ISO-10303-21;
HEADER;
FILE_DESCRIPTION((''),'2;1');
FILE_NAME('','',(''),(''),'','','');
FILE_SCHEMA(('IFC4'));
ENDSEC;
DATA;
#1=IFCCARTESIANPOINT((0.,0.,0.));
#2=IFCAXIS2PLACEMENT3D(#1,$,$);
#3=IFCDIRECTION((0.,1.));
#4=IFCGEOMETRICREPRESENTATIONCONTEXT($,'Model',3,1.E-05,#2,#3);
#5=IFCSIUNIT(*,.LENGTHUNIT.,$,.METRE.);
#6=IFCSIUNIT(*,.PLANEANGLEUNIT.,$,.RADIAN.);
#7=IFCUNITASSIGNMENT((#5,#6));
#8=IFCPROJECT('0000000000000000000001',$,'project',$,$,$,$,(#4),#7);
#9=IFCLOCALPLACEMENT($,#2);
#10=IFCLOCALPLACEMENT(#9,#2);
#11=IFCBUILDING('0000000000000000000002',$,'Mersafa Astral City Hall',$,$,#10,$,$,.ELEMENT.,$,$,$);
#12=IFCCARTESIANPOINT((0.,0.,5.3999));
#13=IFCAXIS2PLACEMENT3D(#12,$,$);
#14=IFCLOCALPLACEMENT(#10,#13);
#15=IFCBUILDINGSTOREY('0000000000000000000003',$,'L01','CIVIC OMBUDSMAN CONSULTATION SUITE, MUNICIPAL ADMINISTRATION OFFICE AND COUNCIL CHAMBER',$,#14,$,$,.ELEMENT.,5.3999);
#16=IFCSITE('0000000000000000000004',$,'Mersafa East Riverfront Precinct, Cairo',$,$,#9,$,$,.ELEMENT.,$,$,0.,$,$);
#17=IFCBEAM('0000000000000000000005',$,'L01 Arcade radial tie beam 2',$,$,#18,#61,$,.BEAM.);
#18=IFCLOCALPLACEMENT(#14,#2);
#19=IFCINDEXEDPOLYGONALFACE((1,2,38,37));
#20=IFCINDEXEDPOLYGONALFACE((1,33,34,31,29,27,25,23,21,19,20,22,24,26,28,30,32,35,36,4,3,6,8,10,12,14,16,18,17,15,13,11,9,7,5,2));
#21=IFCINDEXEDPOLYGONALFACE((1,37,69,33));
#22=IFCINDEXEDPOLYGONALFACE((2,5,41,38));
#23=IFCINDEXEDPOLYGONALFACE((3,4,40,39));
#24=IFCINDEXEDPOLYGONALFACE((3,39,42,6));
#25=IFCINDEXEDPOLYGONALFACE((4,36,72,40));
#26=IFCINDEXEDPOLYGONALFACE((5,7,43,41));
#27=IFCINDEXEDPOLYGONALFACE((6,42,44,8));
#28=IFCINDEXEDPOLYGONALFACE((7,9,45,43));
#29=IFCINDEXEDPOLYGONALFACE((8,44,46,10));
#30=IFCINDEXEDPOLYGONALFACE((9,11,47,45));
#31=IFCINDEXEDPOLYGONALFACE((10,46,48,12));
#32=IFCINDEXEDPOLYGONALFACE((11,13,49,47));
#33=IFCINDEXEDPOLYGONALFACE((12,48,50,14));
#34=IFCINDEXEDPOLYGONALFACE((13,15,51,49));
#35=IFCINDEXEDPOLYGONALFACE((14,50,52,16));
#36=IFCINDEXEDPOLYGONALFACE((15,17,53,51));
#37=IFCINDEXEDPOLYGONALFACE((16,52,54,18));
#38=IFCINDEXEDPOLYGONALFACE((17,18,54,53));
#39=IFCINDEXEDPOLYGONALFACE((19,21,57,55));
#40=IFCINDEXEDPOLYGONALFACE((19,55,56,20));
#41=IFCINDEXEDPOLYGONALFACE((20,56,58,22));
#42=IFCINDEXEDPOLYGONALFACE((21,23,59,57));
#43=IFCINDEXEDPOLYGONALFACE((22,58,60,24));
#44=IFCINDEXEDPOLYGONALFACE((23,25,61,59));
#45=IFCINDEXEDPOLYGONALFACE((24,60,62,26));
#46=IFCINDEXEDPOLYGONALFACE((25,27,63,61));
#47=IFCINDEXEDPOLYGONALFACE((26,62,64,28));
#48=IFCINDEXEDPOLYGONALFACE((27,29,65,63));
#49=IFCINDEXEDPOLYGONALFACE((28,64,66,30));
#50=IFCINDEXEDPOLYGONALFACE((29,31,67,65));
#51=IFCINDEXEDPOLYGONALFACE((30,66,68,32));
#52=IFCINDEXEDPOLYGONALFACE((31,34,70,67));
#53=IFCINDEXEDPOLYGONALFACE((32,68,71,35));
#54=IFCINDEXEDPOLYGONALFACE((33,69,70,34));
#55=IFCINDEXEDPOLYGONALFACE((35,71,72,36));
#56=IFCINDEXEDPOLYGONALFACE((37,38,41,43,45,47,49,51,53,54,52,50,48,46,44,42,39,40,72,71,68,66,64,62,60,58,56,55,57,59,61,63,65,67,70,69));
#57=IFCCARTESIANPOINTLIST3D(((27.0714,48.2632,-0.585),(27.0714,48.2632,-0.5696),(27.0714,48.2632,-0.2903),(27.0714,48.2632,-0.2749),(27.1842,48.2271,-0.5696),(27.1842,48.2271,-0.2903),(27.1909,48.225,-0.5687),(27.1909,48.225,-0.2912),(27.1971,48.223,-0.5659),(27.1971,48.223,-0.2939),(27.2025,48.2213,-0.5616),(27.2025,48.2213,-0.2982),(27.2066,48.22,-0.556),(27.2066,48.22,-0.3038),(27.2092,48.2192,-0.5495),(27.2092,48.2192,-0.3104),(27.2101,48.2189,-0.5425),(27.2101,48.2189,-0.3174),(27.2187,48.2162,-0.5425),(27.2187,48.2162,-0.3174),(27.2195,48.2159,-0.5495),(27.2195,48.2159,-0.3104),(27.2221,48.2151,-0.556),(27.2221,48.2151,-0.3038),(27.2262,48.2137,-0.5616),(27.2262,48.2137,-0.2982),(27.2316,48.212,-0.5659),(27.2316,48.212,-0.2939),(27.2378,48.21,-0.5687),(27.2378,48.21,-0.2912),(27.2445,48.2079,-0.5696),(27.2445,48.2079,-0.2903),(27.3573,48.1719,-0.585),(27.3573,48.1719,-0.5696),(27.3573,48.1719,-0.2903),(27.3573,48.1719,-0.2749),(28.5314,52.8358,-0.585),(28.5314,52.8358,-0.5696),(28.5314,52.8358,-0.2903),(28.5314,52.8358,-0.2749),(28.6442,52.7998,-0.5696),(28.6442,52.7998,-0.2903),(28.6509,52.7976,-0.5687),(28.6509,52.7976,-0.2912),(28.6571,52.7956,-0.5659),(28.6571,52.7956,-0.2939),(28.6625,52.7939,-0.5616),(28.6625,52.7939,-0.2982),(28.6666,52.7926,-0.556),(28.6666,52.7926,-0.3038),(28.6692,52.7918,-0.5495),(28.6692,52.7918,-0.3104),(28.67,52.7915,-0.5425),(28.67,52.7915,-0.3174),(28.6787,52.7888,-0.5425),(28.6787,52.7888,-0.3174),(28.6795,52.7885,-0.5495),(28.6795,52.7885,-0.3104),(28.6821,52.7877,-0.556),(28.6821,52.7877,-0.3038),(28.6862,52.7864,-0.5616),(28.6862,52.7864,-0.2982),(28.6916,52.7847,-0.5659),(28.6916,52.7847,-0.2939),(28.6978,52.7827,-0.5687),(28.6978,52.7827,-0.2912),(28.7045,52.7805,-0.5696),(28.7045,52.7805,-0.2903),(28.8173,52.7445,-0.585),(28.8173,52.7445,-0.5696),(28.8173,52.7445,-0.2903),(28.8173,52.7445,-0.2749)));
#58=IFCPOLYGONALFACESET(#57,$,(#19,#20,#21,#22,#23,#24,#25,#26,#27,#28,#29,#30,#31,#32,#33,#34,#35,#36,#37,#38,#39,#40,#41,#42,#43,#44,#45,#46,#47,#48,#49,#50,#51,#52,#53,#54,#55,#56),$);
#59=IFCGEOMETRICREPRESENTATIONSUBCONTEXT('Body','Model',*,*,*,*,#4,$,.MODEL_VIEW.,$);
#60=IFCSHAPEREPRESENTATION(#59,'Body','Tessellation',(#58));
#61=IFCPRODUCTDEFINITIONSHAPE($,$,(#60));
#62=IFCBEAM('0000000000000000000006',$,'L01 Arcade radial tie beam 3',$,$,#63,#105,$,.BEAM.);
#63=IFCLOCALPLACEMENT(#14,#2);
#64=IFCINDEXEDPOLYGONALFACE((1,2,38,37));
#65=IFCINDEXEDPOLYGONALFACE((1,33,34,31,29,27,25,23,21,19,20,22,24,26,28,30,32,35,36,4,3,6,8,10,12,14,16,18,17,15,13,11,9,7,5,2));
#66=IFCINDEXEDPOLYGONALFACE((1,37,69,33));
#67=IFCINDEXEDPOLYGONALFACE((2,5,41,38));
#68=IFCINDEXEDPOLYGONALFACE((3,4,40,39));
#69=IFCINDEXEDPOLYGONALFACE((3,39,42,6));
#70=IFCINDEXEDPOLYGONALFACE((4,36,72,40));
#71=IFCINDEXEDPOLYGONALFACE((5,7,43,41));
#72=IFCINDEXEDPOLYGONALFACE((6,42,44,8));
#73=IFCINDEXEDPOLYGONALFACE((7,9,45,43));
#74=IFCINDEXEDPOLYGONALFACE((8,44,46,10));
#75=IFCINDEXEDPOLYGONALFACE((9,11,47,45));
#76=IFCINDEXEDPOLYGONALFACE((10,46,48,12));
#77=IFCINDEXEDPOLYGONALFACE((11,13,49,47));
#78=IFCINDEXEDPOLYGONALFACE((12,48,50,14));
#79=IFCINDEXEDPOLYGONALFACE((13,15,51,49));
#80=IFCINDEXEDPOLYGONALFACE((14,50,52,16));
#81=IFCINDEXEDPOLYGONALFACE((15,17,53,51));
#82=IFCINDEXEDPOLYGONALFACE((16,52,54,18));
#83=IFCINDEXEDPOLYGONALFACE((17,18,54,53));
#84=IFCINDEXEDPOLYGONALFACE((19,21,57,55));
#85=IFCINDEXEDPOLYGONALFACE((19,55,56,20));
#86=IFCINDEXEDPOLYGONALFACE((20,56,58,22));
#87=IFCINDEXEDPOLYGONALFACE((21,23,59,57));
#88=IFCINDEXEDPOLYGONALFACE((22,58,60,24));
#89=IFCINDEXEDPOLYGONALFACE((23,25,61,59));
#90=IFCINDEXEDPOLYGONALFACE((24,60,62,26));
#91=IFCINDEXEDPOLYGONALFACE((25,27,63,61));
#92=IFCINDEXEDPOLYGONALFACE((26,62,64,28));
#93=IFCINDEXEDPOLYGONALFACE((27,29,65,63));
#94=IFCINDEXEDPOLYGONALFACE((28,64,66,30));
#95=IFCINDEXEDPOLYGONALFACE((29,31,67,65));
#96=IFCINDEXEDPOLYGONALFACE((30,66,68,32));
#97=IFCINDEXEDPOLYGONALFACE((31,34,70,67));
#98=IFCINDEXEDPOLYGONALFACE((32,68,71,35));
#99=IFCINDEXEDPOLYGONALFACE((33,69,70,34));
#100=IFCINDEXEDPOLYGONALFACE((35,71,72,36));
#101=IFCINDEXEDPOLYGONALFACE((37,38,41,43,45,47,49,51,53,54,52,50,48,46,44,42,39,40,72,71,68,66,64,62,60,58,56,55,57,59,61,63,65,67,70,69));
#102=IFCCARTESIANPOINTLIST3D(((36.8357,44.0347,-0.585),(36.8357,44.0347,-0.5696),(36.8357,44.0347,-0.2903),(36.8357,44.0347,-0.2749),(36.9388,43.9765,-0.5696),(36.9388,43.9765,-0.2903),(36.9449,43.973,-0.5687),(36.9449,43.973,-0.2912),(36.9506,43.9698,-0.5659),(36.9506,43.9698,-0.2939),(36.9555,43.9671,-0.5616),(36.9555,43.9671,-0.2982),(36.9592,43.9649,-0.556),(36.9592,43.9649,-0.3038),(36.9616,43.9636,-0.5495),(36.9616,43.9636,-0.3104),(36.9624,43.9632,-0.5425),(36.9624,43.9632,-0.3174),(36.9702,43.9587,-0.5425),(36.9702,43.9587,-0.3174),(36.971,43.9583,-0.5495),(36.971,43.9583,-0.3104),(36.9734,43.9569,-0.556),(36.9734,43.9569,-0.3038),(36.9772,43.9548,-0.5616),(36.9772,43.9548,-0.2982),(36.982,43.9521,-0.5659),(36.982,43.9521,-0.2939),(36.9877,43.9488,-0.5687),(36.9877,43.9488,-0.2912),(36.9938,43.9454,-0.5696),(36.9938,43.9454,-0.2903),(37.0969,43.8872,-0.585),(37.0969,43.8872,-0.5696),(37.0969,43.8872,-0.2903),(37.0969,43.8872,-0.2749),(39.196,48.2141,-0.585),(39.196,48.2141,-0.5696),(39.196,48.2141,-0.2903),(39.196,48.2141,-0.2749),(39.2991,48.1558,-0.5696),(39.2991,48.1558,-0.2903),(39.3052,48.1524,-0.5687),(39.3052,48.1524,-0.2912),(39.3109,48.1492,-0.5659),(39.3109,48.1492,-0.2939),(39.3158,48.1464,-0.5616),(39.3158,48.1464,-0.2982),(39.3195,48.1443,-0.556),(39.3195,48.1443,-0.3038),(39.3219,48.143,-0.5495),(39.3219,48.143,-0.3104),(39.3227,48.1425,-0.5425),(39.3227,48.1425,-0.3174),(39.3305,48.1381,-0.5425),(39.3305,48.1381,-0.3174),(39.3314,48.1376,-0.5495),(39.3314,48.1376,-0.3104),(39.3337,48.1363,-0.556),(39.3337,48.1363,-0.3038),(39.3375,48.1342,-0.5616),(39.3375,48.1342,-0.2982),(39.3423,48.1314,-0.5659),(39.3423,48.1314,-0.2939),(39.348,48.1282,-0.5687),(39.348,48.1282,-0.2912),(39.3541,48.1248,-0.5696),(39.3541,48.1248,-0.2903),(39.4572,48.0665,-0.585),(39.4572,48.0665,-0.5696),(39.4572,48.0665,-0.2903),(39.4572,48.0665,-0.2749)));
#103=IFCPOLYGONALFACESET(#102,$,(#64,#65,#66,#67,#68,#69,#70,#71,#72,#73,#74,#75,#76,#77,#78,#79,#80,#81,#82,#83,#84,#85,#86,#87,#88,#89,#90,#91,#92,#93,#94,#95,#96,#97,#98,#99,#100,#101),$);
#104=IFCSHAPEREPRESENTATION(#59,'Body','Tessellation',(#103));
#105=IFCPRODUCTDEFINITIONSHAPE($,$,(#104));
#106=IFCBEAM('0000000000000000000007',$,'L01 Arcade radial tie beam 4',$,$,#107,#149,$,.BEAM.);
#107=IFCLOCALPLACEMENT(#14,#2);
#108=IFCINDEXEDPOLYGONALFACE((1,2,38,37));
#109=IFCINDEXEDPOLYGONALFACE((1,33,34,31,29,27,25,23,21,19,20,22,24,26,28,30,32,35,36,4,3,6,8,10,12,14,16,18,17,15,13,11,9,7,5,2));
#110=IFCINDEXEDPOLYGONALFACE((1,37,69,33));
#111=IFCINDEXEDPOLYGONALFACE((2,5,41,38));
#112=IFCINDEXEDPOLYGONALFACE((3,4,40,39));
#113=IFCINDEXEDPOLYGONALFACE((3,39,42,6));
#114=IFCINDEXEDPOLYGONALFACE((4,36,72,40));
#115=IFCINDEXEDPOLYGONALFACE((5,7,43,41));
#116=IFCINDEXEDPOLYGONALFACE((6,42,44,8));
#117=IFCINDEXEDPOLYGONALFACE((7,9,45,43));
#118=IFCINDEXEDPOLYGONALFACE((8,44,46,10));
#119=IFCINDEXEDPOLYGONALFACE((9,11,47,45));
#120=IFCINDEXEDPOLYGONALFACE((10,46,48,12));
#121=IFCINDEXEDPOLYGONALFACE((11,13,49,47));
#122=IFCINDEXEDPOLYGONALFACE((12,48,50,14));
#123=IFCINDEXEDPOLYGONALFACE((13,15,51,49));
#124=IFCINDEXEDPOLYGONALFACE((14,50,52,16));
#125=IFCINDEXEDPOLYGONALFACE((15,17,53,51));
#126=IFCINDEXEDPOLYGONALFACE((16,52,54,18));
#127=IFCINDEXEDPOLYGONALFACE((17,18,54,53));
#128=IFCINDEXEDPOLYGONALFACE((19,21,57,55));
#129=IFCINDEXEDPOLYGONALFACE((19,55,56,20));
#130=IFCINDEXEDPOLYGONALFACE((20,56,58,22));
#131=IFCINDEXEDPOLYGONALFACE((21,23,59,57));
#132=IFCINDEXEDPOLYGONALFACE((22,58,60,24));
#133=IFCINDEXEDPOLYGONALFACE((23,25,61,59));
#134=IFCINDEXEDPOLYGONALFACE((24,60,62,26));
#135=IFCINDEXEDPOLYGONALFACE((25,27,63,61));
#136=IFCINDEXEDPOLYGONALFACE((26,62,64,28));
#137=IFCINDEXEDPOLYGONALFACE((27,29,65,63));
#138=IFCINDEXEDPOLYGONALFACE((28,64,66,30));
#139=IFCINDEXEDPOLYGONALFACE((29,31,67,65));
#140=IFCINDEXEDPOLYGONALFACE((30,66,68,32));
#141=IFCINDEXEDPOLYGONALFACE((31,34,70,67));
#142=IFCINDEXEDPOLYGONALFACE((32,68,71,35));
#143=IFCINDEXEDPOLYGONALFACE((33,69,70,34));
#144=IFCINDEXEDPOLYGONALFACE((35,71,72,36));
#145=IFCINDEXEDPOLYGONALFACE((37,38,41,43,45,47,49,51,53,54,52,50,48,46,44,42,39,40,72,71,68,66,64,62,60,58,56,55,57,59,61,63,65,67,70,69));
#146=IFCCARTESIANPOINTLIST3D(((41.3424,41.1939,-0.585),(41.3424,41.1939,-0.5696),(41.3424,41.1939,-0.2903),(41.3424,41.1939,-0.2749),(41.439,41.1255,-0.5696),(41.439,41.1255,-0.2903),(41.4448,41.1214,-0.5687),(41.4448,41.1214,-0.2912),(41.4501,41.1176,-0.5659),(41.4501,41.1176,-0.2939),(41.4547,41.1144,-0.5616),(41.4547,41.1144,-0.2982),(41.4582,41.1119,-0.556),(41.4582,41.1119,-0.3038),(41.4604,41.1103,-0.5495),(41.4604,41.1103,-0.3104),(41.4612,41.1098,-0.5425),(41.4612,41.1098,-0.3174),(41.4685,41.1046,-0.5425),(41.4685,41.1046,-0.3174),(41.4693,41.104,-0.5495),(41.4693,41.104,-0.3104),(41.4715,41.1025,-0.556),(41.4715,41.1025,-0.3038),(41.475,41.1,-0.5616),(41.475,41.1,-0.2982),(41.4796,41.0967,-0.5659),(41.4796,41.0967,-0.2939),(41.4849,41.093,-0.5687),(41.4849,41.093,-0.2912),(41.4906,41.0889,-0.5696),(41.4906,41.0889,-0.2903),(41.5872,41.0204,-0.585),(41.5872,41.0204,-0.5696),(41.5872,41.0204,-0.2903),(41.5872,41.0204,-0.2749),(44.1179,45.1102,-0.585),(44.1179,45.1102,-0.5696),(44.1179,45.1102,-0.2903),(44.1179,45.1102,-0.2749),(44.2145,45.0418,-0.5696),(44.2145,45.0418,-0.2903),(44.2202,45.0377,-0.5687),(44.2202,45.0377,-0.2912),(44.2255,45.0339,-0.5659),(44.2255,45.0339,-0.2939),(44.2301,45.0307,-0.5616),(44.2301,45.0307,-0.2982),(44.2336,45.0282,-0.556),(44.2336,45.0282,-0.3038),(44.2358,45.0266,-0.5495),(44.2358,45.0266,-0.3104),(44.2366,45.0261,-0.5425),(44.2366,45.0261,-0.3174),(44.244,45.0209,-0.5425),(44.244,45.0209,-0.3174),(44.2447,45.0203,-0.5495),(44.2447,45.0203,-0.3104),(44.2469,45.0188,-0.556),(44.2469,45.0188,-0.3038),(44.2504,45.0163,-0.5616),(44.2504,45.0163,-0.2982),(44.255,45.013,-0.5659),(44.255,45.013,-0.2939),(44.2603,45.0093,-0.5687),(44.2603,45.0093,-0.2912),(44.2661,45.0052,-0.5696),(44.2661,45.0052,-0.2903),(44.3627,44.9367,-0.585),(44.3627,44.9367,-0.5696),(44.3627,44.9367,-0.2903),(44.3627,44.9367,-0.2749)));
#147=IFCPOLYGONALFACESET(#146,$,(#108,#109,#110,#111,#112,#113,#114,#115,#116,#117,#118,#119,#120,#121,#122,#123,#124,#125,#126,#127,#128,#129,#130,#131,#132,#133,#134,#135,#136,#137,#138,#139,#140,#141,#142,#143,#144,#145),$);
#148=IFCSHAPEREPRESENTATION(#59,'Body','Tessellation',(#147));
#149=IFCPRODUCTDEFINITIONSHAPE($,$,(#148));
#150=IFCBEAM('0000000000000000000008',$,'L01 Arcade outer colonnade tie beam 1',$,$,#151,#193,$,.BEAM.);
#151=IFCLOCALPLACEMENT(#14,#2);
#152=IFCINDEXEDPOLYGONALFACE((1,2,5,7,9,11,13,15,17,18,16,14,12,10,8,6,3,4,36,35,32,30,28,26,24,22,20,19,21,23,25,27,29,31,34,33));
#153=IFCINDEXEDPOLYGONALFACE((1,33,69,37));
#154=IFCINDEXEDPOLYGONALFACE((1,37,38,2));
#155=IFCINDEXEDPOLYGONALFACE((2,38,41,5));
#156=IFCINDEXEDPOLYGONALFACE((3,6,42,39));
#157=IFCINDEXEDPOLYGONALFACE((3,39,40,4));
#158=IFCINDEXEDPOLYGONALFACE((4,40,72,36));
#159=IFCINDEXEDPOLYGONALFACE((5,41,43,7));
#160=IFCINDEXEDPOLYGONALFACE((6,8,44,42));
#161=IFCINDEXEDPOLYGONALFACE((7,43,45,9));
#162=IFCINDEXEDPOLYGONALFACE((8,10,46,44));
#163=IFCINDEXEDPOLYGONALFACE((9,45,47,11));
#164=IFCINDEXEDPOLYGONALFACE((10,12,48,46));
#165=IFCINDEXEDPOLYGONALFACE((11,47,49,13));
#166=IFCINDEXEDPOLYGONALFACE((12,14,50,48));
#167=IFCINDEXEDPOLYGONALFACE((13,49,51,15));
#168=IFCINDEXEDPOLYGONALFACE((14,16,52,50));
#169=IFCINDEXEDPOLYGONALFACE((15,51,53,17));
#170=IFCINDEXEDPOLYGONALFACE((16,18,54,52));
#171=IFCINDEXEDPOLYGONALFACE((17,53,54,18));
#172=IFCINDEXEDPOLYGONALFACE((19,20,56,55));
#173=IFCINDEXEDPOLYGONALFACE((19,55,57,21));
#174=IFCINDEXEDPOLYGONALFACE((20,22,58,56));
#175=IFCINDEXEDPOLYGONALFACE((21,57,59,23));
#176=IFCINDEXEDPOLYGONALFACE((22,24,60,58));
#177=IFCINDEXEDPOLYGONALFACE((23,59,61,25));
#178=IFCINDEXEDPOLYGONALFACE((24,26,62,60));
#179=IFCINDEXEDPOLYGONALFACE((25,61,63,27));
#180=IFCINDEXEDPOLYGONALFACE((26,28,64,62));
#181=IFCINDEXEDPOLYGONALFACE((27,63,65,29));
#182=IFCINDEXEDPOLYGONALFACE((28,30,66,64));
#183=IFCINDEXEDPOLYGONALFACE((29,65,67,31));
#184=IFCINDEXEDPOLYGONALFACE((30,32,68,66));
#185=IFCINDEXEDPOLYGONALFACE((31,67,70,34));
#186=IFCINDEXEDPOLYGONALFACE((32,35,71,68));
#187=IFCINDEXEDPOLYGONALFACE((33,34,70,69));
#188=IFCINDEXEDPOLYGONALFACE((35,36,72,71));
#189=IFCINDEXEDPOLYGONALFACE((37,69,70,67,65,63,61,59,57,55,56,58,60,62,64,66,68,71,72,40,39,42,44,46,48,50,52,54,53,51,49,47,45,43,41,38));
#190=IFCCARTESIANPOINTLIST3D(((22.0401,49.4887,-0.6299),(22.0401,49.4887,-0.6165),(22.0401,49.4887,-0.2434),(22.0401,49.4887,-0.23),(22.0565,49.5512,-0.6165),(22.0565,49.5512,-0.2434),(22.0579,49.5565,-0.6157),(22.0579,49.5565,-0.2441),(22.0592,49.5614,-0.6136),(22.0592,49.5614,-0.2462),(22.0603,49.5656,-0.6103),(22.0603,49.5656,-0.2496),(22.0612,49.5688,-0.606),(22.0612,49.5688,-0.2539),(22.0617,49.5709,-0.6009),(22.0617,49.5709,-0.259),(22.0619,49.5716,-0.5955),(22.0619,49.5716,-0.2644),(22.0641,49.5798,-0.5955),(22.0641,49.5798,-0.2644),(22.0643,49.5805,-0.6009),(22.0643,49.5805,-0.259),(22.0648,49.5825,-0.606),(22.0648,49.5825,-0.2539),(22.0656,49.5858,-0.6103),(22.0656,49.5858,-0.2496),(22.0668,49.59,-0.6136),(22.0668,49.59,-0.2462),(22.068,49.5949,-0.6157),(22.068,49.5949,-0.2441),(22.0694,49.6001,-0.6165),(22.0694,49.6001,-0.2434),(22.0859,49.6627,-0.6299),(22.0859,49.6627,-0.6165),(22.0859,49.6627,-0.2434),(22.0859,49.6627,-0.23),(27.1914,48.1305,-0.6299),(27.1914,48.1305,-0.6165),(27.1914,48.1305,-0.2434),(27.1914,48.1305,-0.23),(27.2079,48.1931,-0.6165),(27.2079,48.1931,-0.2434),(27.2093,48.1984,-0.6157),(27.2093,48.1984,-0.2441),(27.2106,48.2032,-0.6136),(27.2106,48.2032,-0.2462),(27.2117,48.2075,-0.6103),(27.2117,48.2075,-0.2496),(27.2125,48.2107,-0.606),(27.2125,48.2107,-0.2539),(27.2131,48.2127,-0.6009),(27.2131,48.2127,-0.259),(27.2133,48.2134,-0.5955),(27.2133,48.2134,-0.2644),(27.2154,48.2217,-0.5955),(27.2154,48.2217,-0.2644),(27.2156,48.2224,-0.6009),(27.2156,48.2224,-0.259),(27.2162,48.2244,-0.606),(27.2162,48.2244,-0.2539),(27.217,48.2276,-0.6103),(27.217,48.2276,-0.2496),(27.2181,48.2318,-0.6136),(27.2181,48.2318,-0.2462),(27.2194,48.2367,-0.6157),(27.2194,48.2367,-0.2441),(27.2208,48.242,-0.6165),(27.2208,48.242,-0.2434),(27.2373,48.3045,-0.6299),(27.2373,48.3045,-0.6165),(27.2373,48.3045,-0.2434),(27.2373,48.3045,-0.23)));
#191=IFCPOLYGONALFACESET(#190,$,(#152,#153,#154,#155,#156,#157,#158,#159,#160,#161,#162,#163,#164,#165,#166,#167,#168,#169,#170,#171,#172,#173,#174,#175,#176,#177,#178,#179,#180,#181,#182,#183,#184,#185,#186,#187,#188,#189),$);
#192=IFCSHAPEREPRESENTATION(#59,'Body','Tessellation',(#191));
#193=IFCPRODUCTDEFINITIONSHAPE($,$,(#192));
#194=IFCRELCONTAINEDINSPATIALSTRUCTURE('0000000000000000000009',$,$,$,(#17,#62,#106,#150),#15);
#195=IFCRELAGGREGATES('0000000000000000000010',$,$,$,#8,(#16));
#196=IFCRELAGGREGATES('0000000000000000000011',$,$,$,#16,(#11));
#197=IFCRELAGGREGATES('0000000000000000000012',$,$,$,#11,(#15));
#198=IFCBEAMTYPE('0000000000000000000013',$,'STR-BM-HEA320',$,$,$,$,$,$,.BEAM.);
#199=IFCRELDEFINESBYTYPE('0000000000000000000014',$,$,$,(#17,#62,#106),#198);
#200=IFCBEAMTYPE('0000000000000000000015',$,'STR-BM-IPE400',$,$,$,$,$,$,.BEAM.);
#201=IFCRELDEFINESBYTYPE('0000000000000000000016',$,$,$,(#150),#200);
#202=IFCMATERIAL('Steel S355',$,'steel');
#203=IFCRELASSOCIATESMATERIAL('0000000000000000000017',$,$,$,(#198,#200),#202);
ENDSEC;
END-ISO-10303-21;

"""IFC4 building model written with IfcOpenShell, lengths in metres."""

from ifc_helpers import new_model, si_unit, direction, frame, origin, origin_2d, place, context, subcontext, project, spatial, i_section, extrude, material, material_profile, profile_set, type_object, element, save


model = new_model("IFC4")

# Units and contexts
model_context = context("Model", 3, precision=1e-05, world=origin(), true_north=direction((0.0, 1.0)))
body_context = subcontext(model_context, "Body", "Model", "MODEL_VIEW")
ifc_project = project(units=[si_unit("LENGTHUNIT", "METRE"), si_unit("PLANEANGLEUNIT", "RADIAN")], contexts=[model_context])

# Site, building, storey
site_placement = place(None, origin())
site = spatial("IfcSite", under=ifc_project, at=site_placement, Name="Mersafa East Riverfront Precinct, Cairo", CompositionType="ELEMENT", RefElevation=0.0)
building_placement = place(site_placement, origin())
building = spatial("IfcBuilding", under=site, at=building_placement, Name="Mersafa Astral City Hall", CompositionType="ELEMENT")
storey_placement = place(building_placement, frame((0.0, 0.0, 5.3999)))
storey = spatial("IfcBuildingStorey", under=building, at=storey_placement, Name="L01", Description="CIVIC OMBUDSMAN CONSULTATION SUITE, MUNICIPAL ADMINISTRATION OFFICE AND COUNCIL CHAMBER", CompositionType="ELEMENT", Elevation=5.3999)

# Shared definitions
ifc_material_1 = material(Name="Steel S355", Category="steel")

# Beams
ifc_material_profile_1 = material_profile(ifc_material_1, i_section(OverallWidth=0.3, OverallDepth=0.3101, WebThickness=0.009, FlangeThickness=0.0154, FilletRadius=0.0271, at=origin_2d()), Name="HEA 320")
ifc_profile_set_1 = profile_set([ifc_material_profile_1], Name="Steel S355")
beam_type_1 = type_object("IfcBeamType", Name="STR-BM-HEA320", PredefinedType="BEAM", material=ifc_profile_set_1)
for number, where, z_axis, x_axis, name in (
    (1, (27.2144, 48.2175, -0.4299), (0.304163, 0.95262, 0.0), (-0.95262, 0.304163, 0.0), "L01 Arcade radial tie beam 2"),
):
    element("IfcBeam", number, at=place(storey_placement, frame(where, z_axis=z_axis, x_axis=x_axis)), inside=storey, type_object=beam_type_1, Name=name, PredefinedType="BEAM", context=body_context, shape_type="SweptSolid", body=[
        extrude(i_section(OverallWidth=0.3, OverallDepth=0.3101, WebThickness=0.009, FlangeThickness=0.0154, FilletRadius=0.0271, at=origin_2d()), origin(), (0.0, 0.0, 1.0), 4.8),
    ])
beam_1_placement = place(storey_placement, frame((36.9663, 43.9609, -0.4299), z_axis=(0.491751, 0.870736, 0.0), x_axis=(-0.870736, 0.491751, 0.0)))
element("IfcBeam", 2, at=beam_1_placement, inside=storey, type_object=beam_type_1, Name="L01 Arcade radial tie beam 3", PredefinedType="BEAM", context=body_context, shape_type="SweptSolid", body=[
    extrude(i_section(OverallWidth=0.3, OverallDepth=0.3101, WebThickness=0.009, FlangeThickness=0.0154, FilletRadius=0.0271, at=origin_2d()), origin(), (0.0, 0.0, 1.0), 4.7998),
])
beam_2_placement = place(storey_placement, frame((41.4648, 41.1072, -0.4299), z_axis=(0.578208, 0.81589, 0.0), x_axis=(-0.81589, 0.578208, 0.0)))
element("IfcBeam", 3, at=beam_2_placement, inside=storey, type_object=beam_type_1, Name="L01 Arcade radial tie beam 4", PredefinedType="BEAM", context=body_context, shape_type="SweptSolid", body=[
    extrude(i_section(OverallWidth=0.3, OverallDepth=0.3101, WebThickness=0.009, FlangeThickness=0.0154, FilletRadius=0.0271, at=origin_2d()), origin(), (0.0, 0.0, 1.0), 4.8),
])
ifc_material_profile_2 = material_profile(ifc_material_1, i_section(OverallWidth=0.1799, OverallDepth=0.3999, WebThickness=0.0085, FlangeThickness=0.0134, FilletRadius=0.021, at=origin_2d()), Name="IPE 400")
ifc_profile_set_2 = profile_set([ifc_material_profile_2], Name="Steel S355")
beam_type_2 = type_object("IfcBeamType", Name="STR-BM-IPE400", PredefinedType="BEAM", material=ifc_profile_set_2)
beam_3_placement = place(storey_placement, frame((22.063, 49.5757, -0.4299), z_axis=(0.966957, -0.254938, 0.0), x_axis=(0.254938, 0.966957, 0.0)))
element("IfcBeam", 4, at=beam_3_placement, inside=storey, type_object=beam_type_2, Name="L01 Arcade outer colonnade tie beam 1", PredefinedType="BEAM", context=body_context, shape_type="SweptSolid", body=[
    extrude(i_section(OverallWidth=0.1799, OverallDepth=0.3999, WebThickness=0.0085, FlangeThickness=0.0134, FilletRadius=0.021, at=origin_2d()), origin(), (0.0, 0.0, 1.0), 5.3274),
])

save(model, "model.ifc")
